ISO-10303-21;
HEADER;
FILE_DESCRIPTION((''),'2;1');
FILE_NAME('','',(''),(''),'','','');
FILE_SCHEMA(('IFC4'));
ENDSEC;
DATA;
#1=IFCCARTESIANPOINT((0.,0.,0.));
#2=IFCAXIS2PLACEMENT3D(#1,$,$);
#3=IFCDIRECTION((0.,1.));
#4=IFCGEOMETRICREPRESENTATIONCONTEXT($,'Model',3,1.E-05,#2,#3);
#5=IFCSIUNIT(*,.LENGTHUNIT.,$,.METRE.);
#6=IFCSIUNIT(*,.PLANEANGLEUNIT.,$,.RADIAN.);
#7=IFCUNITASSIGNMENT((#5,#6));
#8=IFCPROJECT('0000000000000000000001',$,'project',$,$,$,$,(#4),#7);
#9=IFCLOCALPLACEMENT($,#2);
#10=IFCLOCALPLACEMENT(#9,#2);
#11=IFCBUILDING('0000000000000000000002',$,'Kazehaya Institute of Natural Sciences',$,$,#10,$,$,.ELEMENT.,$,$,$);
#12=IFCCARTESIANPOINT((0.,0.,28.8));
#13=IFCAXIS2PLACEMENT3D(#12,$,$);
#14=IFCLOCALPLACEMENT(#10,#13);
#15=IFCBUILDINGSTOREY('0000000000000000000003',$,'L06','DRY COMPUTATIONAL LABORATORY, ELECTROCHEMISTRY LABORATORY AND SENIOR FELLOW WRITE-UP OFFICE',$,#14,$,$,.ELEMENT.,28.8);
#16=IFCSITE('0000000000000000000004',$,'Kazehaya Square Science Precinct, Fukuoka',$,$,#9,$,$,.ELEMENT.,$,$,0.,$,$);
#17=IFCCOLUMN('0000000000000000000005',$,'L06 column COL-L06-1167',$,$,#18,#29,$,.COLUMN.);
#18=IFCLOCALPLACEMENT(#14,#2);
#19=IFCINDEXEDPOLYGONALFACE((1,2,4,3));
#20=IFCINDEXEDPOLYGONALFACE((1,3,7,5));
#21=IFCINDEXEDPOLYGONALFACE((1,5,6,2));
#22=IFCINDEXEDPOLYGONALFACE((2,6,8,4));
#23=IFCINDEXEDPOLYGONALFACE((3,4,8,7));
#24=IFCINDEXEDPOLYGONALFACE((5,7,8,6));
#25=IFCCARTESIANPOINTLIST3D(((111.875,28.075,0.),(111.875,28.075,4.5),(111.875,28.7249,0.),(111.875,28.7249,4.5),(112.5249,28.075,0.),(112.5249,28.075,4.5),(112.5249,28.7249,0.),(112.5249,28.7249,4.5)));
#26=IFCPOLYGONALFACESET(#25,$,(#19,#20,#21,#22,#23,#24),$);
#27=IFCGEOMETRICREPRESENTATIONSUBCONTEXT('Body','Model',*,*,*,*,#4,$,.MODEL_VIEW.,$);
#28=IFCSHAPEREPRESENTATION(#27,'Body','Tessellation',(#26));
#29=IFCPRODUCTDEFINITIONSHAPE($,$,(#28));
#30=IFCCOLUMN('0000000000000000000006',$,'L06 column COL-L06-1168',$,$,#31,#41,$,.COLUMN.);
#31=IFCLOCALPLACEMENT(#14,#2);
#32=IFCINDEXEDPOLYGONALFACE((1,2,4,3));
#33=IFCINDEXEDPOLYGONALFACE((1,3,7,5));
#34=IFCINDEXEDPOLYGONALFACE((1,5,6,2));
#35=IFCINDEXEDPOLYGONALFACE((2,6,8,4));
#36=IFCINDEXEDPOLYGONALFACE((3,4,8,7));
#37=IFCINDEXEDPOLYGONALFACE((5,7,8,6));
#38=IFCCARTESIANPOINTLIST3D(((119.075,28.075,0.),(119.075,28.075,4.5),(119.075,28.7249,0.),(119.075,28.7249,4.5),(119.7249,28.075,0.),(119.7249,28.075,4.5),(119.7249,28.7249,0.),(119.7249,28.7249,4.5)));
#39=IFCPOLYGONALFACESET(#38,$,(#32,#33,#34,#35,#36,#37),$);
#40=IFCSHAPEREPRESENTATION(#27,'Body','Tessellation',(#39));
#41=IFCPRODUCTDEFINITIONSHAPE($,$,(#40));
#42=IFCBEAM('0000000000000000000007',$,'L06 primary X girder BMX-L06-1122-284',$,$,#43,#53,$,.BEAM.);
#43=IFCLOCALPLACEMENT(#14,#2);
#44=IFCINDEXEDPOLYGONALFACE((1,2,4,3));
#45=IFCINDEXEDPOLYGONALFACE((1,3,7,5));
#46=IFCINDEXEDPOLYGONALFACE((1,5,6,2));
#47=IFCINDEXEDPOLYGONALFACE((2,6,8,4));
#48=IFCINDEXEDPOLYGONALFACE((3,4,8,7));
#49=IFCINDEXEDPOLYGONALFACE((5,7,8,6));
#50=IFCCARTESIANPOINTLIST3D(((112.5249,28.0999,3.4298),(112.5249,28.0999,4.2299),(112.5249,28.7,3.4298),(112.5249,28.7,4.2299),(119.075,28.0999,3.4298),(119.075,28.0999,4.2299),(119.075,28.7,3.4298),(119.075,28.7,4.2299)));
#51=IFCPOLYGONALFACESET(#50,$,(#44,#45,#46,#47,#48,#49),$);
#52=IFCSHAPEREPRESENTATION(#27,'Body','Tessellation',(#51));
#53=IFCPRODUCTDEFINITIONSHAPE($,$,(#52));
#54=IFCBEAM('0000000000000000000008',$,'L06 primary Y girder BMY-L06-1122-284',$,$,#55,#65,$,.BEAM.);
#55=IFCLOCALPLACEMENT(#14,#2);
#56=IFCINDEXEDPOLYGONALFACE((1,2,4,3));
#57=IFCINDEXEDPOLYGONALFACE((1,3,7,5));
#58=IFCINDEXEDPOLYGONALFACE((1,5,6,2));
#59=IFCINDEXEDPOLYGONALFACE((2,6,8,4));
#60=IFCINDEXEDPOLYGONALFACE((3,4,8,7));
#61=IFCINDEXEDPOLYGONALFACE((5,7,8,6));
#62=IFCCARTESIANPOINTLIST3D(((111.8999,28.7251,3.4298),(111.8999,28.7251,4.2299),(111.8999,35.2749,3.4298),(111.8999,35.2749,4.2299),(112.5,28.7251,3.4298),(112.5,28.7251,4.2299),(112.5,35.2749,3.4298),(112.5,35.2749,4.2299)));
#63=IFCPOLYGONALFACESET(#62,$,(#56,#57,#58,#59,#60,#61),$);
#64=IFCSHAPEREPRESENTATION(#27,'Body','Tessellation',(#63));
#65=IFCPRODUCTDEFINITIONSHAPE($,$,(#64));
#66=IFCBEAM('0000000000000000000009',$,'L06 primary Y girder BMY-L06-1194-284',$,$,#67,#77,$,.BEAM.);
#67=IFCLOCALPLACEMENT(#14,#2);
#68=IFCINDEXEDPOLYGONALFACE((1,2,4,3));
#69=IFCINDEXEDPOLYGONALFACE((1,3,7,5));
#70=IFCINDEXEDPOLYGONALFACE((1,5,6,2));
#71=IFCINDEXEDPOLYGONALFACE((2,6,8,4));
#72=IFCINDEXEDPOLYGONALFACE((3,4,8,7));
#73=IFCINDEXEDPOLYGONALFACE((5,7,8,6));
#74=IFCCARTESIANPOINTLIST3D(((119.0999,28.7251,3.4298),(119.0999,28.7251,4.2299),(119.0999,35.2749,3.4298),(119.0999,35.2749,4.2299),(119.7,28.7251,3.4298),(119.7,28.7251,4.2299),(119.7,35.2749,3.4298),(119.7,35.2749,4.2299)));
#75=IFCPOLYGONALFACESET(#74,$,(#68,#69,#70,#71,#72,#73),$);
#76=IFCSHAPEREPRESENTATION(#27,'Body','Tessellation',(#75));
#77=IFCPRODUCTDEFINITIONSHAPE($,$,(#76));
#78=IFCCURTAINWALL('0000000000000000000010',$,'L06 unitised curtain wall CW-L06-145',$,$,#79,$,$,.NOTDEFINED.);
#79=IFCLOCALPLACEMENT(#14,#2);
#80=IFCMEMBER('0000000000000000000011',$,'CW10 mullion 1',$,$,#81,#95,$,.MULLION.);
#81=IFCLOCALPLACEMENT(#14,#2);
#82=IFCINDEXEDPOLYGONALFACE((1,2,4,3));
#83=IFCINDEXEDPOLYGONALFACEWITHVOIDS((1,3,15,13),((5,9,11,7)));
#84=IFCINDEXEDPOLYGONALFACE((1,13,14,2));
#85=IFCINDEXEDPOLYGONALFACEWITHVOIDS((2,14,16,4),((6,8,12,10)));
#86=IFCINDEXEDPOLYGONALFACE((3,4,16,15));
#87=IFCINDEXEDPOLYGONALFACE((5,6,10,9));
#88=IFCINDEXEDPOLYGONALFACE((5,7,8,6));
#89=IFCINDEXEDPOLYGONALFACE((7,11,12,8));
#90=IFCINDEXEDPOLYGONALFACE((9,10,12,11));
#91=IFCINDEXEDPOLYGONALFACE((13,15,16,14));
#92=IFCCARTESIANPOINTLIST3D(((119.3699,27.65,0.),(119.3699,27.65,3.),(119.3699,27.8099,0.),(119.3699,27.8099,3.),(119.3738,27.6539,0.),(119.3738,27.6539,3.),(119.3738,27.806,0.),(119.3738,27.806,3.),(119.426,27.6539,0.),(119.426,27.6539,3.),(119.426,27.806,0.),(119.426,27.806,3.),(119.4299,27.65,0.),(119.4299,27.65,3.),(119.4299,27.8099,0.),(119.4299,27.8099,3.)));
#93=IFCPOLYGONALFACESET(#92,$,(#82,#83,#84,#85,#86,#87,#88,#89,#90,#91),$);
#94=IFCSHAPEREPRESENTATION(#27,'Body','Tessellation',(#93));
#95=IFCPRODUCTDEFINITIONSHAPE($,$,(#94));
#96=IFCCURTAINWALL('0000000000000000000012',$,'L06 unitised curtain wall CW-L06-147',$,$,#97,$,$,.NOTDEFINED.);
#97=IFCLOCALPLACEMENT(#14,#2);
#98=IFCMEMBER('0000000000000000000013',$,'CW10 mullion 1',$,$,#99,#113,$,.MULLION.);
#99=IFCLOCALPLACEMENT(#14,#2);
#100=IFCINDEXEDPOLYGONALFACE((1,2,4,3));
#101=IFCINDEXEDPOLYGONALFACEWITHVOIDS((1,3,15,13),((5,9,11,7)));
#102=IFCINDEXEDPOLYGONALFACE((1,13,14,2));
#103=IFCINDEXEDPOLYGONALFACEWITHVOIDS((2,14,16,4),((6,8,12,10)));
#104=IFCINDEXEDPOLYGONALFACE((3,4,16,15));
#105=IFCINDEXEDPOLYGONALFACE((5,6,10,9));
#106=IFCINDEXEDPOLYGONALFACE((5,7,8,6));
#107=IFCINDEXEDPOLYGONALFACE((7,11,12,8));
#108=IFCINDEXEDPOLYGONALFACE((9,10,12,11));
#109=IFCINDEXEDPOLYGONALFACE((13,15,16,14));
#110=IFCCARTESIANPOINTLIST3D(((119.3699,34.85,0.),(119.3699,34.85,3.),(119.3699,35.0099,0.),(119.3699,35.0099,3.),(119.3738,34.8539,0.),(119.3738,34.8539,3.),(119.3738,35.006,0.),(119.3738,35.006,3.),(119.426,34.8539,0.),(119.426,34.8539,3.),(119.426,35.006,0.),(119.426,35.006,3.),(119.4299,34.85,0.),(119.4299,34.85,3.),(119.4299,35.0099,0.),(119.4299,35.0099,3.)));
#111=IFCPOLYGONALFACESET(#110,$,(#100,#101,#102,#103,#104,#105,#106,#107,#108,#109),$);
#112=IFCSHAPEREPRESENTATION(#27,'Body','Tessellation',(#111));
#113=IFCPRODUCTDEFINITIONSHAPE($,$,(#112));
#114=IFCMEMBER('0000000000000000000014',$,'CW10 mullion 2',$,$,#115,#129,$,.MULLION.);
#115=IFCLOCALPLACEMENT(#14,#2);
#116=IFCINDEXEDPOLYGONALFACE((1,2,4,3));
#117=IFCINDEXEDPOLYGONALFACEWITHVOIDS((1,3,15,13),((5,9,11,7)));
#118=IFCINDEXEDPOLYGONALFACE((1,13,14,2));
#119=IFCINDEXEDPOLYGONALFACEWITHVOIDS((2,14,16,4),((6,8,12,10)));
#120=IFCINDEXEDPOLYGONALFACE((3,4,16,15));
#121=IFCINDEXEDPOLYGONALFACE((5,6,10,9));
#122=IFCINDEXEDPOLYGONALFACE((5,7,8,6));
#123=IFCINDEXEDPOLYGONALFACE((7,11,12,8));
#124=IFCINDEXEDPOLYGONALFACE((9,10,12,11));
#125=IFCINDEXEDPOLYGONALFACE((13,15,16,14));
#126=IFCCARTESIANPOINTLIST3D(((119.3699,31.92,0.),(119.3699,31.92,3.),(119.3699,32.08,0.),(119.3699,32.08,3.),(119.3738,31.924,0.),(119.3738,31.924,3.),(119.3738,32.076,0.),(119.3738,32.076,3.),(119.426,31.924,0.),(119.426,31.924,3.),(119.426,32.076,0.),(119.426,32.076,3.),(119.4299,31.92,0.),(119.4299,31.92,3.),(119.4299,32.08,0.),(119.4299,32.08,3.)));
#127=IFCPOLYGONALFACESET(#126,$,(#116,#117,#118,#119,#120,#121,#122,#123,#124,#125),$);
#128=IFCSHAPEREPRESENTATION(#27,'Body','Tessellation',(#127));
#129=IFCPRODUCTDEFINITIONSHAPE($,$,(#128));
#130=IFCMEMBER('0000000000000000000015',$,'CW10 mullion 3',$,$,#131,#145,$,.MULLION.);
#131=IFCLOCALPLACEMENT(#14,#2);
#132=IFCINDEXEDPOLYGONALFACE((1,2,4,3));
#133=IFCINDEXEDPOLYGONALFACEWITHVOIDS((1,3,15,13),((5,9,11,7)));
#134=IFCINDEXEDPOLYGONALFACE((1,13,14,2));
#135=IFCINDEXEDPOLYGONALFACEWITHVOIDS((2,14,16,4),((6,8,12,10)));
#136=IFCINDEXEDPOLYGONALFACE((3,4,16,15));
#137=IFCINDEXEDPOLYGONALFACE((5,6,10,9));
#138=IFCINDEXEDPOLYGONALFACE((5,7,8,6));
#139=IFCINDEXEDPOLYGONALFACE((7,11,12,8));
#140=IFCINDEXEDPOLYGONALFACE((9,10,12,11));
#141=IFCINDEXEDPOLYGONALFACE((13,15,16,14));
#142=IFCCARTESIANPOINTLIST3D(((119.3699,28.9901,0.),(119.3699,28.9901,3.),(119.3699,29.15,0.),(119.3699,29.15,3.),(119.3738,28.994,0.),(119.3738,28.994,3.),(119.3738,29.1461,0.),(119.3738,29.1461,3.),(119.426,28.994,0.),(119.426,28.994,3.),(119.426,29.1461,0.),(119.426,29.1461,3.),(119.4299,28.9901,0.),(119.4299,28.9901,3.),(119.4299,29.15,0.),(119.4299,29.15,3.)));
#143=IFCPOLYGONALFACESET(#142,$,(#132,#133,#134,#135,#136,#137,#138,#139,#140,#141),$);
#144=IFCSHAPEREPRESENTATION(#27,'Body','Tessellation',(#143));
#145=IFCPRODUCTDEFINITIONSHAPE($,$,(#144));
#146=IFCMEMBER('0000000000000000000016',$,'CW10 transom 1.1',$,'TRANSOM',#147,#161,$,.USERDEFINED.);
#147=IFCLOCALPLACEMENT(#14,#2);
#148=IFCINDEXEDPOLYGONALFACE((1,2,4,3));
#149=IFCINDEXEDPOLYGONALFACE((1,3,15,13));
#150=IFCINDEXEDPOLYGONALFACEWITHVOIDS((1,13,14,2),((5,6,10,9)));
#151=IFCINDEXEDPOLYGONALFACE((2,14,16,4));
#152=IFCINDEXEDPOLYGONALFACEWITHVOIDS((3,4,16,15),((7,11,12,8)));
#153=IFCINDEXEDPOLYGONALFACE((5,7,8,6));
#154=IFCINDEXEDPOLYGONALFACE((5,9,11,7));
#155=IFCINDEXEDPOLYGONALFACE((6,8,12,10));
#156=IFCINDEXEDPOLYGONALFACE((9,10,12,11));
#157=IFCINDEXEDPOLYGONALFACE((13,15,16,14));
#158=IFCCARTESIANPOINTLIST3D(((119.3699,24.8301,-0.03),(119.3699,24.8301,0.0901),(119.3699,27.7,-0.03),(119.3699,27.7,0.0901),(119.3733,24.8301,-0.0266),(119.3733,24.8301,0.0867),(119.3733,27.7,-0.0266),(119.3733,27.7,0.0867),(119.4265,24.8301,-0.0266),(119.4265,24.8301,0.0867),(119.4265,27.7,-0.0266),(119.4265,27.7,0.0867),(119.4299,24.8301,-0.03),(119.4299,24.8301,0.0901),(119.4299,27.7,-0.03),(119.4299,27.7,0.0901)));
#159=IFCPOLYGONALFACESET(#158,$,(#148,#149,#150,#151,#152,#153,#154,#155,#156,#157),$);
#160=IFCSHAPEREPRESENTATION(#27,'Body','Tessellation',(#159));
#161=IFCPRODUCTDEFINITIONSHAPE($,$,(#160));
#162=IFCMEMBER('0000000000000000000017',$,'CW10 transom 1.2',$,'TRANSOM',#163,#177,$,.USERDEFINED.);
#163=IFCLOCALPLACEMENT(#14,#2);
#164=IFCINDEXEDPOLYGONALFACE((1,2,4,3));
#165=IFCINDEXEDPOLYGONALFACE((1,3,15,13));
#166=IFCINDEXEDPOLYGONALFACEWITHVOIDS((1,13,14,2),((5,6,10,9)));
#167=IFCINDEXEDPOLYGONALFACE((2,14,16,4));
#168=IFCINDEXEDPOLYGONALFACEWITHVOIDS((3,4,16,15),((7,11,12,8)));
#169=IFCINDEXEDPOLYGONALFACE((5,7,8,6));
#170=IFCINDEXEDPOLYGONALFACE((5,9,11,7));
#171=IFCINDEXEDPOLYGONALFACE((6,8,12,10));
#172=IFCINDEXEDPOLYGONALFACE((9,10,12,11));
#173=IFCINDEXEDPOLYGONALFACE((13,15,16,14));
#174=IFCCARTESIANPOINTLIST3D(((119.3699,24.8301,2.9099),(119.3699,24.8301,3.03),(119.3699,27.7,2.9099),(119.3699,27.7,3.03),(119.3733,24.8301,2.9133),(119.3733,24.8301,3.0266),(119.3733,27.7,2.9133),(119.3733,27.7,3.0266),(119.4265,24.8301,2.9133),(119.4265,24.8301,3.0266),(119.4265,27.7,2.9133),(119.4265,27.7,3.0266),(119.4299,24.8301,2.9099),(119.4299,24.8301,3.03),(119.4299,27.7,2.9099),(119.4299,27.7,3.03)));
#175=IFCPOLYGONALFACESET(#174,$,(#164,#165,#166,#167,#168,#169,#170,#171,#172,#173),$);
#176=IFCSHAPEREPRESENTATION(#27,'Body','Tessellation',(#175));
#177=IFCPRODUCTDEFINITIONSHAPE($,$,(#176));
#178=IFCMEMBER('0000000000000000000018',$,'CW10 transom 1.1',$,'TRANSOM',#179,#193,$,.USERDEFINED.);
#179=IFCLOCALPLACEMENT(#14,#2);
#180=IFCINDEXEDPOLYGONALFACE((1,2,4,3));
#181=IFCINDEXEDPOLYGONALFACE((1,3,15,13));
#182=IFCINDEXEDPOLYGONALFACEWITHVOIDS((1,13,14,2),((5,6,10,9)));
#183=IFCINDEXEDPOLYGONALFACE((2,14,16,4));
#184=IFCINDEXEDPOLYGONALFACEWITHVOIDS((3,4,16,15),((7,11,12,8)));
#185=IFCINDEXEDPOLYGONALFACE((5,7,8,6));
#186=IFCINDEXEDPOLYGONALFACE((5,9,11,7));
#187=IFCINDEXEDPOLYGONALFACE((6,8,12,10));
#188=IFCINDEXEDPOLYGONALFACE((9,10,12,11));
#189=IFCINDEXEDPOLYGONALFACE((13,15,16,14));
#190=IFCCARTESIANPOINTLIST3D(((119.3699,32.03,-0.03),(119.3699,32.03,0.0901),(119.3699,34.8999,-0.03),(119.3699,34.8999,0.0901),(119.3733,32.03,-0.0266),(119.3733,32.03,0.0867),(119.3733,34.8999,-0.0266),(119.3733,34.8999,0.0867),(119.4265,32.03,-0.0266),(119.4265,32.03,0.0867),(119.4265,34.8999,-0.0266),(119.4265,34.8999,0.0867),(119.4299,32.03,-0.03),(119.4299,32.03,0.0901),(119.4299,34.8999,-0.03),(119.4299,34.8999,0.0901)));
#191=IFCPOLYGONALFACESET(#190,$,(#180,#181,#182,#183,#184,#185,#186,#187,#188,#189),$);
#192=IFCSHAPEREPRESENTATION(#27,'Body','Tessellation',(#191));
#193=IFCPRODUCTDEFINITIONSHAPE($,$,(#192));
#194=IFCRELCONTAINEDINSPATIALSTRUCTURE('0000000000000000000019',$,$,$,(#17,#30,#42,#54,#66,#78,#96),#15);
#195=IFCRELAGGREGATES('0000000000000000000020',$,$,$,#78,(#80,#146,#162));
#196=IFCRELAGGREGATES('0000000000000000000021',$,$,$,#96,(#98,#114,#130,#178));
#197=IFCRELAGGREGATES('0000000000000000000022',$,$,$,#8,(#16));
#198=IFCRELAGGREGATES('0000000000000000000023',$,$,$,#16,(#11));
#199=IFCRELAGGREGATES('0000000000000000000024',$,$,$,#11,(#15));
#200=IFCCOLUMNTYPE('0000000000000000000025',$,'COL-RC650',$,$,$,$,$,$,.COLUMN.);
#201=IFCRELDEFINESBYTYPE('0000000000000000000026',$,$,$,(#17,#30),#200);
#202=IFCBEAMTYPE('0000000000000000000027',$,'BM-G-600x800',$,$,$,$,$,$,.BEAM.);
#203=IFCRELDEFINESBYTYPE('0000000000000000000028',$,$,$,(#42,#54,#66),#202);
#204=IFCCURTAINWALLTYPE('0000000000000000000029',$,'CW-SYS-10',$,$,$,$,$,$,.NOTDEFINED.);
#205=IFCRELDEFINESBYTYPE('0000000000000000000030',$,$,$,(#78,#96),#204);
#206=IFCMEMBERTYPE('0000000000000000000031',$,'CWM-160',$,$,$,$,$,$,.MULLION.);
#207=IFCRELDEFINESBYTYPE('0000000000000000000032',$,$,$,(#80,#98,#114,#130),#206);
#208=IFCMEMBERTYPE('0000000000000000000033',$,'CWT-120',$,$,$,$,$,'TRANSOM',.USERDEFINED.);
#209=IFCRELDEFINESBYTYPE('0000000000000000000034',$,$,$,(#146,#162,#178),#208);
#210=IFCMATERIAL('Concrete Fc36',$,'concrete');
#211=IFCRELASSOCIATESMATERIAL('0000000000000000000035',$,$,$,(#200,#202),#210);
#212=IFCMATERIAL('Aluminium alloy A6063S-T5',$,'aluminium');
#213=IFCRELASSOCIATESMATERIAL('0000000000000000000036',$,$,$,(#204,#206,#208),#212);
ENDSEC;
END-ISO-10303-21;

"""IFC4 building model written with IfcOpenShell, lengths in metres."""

from ifc_helpers import new_model, si_unit, direction, frame, origin, origin_2d, place, context, subcontext, project, spatial, rectangle, hollow_rectangle, extrude, material, material_profile, profile_set, type_object, element, aggregate, save


model = new_model("IFC4")

# Units and contexts
model_context = context("Model", 3, precision=1e-05, world=origin(), true_north=direction((0.0, 1.0)))
body_context = subcontext(model_context, "Body", "Model", "MODEL_VIEW")
ifc_project = project(units=[si_unit("LENGTHUNIT", "METRE"), si_unit("PLANEANGLEUNIT", "RADIAN")], contexts=[model_context])

# Site, building, storey
site_placement = place(None, origin())
site = spatial("IfcSite", under=ifc_project, at=site_placement, Name="Kazehaya Square Science Precinct, Fukuoka", CompositionType="ELEMENT", RefElevation=0.0)
building_placement = place(site_placement, origin())
building = spatial("IfcBuilding", under=site, at=building_placement, Name="Kazehaya Institute of Natural Sciences", CompositionType="ELEMENT")
storey_placement = place(building_placement, frame((0.0, 0.0, 28.8)))
storey = spatial("IfcBuildingStorey", under=building, at=storey_placement, Name="L06", Description="DRY COMPUTATIONAL LABORATORY, ELECTROCHEMISTRY LABORATORY AND SENIOR FELLOW WRITE-UP OFFICE", CompositionType="ELEMENT", Elevation=28.8)

# Columns
ifc_material_1 = material(Name="Concrete Fc36", Category="concrete")
ifc_material_profile_1 = material_profile(ifc_material_1, rectangle(XDim=0.6499, YDim=0.6499, at=origin_2d()), Name="RC-650x650")
ifc_profile_set_1 = profile_set([ifc_material_profile_1], Name="Concrete Fc36")
column_type = type_object("IfcColumnType", Name="COL-RC650", PredefinedType="COLUMN", material=ifc_profile_set_1)
for number, where, z_axis, x_axis, name in (
    (1, (112.2, 28.3999, 0.0), (0.0, 0.0, 1.0), (1.0, 0.0, 0.0), "L06 column COL-L06-1167"),
    (2, (119.3999, 28.3999, 0.0), (0.0, 0.0, 1.0), (1.0, 0.0, 0.0), "L06 column COL-L06-1168"),
):
    element("IfcColumn", number, at=place(storey_placement, frame(where, z_axis=z_axis, x_axis=x_axis)), inside=storey, type_object=column_type, Name=name, PredefinedType="COLUMN", context=body_context, shape_type="SweptSolid", body=[
        extrude(rectangle(XDim=0.6499, YDim=0.6499, at=origin_2d()), origin(), (0.0, 0.0, 1.0), 4.5),
    ])

# Beams
ifc_material_profile_2 = material_profile(ifc_material_1, rectangle(XDim=0.6001, YDim=0.8, at=origin_2d()), Name="RC-600x800")
ifc_profile_set_2 = profile_set([ifc_material_profile_2], Name="Concrete Fc36")
beam_type = type_object("IfcBeamType", Name="BM-G-600x800", PredefinedType="BEAM", material=ifc_profile_set_2)
beam_placement = place(storey_placement, frame((112.5249, 28.3999, 3.8298), z_axis=(1.0, 0.0, 0.0), x_axis=(0.0, 1.0, 0.0)))
element("IfcBeam", 3, at=beam_placement, inside=storey, type_object=beam_type, Name="L06 primary X girder BMX-L06-1122-284", PredefinedType="BEAM", context=body_context, shape_type="SweptSolid", body=[
    extrude(rectangle(XDim=0.6001, YDim=0.8, at=origin_2d()), origin(), (0.0, 0.0, 1.0), 6.55),
])
for number, where, z_axis, x_axis, name in (
    (4, (112.2, 28.7251, 3.8298), (0.0, 1.0, 0.0), (-1.0, 0.0, 0.0), "L06 primary Y girder BMY-L06-1122-284"),
    (5, (119.3999, 28.7251, 3.8298), (0.0, 1.0, 0.0), (-1.0, 0.0, 0.0), "L06 primary Y girder BMY-L06-1194-284"),
):
    element("IfcBeam", number, at=place(storey_placement, frame(where, z_axis=z_axis, x_axis=x_axis)), inside=storey, type_object=beam_type, Name=name, PredefinedType="BEAM", context=body_context, shape_type="SweptSolid", body=[
        extrude(rectangle(XDim=0.6001, YDim=0.8, at=origin_2d()), origin(), (0.0, 0.0, 1.0), 6.5498),
    ])

# Curtain wall, member
ifc_material_2 = material(Name="Aluminium alloy A6063S-T5", Category="aluminium")
curtain_wall_type = type_object("IfcCurtainWallType", Name="CW-SYS-10", PredefinedType="NOTDEFINED", material=ifc_material_2)
curtain_wall_1_placement = place(storey_placement, origin())
curtain_wall_1 = element("IfcCurtainWall", 6, at=curtain_wall_1_placement, inside=storey, type_object=curtain_wall_type, Name="L06 unitised curtain wall CW-L06-145", PredefinedType="NOTDEFINED")
ifc_material_profile_3 = material_profile(ifc_material_2, hollow_rectangle(XDim=0.0601, YDim=0.1599, WallThickness=0.0039, at=origin_2d()), Name="ALU-60x160x4")
ifc_profile_set_3 = profile_set([ifc_material_profile_3], Name="Aluminium alloy A6063S-T5")
member_type_1 = type_object("IfcMemberType", Name="CWM-160", PredefinedType="MULLION", material=ifc_profile_set_3)
member_1_placement = place(storey_placement, frame((119.3999, 27.73, 0.0), z_axis=(0.0, 0.0, 1.0), x_axis=(1.0, 0.0, 0.0)))
member_1 = element("IfcMember", 7, at=member_1_placement, type_object=member_type_1, Name="CW10 mullion 1", PredefinedType="MULLION", context=body_context, shape_type="SweptSolid", body=[
    extrude(hollow_rectangle(XDim=0.0601, YDim=0.1599, WallThickness=0.0039, at=origin_2d()), origin(), (0.0, 0.0, 1.0), 3.0),
])

# Curtain wall, members
curtain_wall_2_placement = place(storey_placement, origin())
curtain_wall_2 = element("IfcCurtainWall", 8, at=curtain_wall_2_placement, inside=storey, type_object=curtain_wall_type, Name="L06 unitised curtain wall CW-L06-147", PredefinedType="NOTDEFINED")
member_2_placement = place(storey_placement, frame((119.3999, 34.9299, 0.0), z_axis=(0.0, 0.0, 1.0), x_axis=(1.0, 0.0, 0.0)))
member_2 = element("IfcMember", 9, at=member_2_placement, type_object=member_type_1, Name="CW10 mullion 1", PredefinedType="MULLION", context=body_context, shape_type="SweptSolid", body=[
    extrude(hollow_rectangle(XDim=0.0601, YDim=0.1599, WallThickness=0.0039, at=origin_2d()), origin(), (0.0, 0.0, 1.0), 3.0),
])
member_3_placement = place(storey_placement, frame((119.3999, 32.0, 0.0), z_axis=(0.0, 0.0, 1.0), x_axis=(1.0, 0.0, 0.0)))
member_3 = element("IfcMember", 10, at=member_3_placement, type_object=member_type_1, Name="CW10 mullion 2", PredefinedType="MULLION", context=body_context, shape_type="SweptSolid", body=[
    extrude(hollow_rectangle(XDim=0.0601, YDim=0.1599, WallThickness=0.0039, at=origin_2d()), origin(), (0.0, 0.0, 1.0), 3.0),
])
member_4_placement = place(storey_placement, frame((119.3999, 29.0701, 0.0), z_axis=(0.0, 0.0, 1.0), x_axis=(1.0, 0.0, 0.0)))
member_4 = element("IfcMember", 11, at=member_4_placement, type_object=member_type_1, Name="CW10 mullion 3", PredefinedType="MULLION", context=body_context, shape_type="SweptSolid", body=[
    extrude(hollow_rectangle(XDim=0.0601, YDim=0.1599, WallThickness=0.0039, at=origin_2d()), origin(), (0.0, 0.0, 1.0), 3.0),
])

# Members
ifc_material_profile_4 = material_profile(ifc_material_2, hollow_rectangle(XDim=0.0601, YDim=0.1201, WallThickness=0.0034, at=origin_2d()), Name="ALU-60x120x3.5")
ifc_profile_set_4 = profile_set([ifc_material_profile_4], Name="Aluminium alloy A6063S-T5")
member_type_2 = type_object("IfcMemberType", Name="CWT-120", ElementType="TRANSOM", PredefinedType="USERDEFINED", material=ifc_profile_set_4)
member_5_placement = place(storey_placement, frame((119.3999, 27.7, 0.03), z_axis=(0.0, -1.0, 0.0), x_axis=(1.0, 0.0, 0.0)))
member_5 = element("IfcMember", 12, at=member_5_placement, type_object=member_type_2, Name="CW10 transom 1.1", ObjectType="TRANSOM", PredefinedType="USERDEFINED", context=body_context, shape_type="SweptSolid", body=[
    extrude(hollow_rectangle(XDim=0.0601, YDim=0.1201, WallThickness=0.0034, at=origin_2d()), origin(), (0.0, 0.0, 1.0), 2.8699),
])
member_6_placement = place(storey_placement, frame((119.3999, 27.7, 2.97), z_axis=(0.0, -1.0, 0.0), x_axis=(1.0, 0.0, 0.0)))
member_6 = element("IfcMember", 13, at=member_6_placement, type_object=member_type_2, Name="CW10 transom 1.2", ObjectType="TRANSOM", PredefinedType="USERDEFINED", context=body_context, shape_type="SweptSolid", body=[
    extrude(hollow_rectangle(XDim=0.0601, YDim=0.1201, WallThickness=0.0034, at=origin_2d()), origin(), (0.0, 0.0, 1.0), 2.8699),
])
member_7_placement = place(storey_placement, frame((119.3999, 34.8999, 0.03), z_axis=(0.0, -1.0, 0.0), x_axis=(1.0, 0.0, 0.0)))
member_7 = element("IfcMember", 14, at=member_7_placement, type_object=member_type_2, Name="CW10 transom 1.1", ObjectType="TRANSOM", PredefinedType="USERDEFINED", context=body_context, shape_type="SweptSolid", body=[
    extrude(hollow_rectangle(XDim=0.0601, YDim=0.1201, WallThickness=0.0034, at=origin_2d()), origin(), (0.0, 0.0, 1.0), 2.8699),
])

aggregate(curtain_wall_1, [member_1, member_5, member_6])
aggregate(curtain_wall_2, [member_2, member_3, member_4, member_7])

save(model, "model.ifc")
